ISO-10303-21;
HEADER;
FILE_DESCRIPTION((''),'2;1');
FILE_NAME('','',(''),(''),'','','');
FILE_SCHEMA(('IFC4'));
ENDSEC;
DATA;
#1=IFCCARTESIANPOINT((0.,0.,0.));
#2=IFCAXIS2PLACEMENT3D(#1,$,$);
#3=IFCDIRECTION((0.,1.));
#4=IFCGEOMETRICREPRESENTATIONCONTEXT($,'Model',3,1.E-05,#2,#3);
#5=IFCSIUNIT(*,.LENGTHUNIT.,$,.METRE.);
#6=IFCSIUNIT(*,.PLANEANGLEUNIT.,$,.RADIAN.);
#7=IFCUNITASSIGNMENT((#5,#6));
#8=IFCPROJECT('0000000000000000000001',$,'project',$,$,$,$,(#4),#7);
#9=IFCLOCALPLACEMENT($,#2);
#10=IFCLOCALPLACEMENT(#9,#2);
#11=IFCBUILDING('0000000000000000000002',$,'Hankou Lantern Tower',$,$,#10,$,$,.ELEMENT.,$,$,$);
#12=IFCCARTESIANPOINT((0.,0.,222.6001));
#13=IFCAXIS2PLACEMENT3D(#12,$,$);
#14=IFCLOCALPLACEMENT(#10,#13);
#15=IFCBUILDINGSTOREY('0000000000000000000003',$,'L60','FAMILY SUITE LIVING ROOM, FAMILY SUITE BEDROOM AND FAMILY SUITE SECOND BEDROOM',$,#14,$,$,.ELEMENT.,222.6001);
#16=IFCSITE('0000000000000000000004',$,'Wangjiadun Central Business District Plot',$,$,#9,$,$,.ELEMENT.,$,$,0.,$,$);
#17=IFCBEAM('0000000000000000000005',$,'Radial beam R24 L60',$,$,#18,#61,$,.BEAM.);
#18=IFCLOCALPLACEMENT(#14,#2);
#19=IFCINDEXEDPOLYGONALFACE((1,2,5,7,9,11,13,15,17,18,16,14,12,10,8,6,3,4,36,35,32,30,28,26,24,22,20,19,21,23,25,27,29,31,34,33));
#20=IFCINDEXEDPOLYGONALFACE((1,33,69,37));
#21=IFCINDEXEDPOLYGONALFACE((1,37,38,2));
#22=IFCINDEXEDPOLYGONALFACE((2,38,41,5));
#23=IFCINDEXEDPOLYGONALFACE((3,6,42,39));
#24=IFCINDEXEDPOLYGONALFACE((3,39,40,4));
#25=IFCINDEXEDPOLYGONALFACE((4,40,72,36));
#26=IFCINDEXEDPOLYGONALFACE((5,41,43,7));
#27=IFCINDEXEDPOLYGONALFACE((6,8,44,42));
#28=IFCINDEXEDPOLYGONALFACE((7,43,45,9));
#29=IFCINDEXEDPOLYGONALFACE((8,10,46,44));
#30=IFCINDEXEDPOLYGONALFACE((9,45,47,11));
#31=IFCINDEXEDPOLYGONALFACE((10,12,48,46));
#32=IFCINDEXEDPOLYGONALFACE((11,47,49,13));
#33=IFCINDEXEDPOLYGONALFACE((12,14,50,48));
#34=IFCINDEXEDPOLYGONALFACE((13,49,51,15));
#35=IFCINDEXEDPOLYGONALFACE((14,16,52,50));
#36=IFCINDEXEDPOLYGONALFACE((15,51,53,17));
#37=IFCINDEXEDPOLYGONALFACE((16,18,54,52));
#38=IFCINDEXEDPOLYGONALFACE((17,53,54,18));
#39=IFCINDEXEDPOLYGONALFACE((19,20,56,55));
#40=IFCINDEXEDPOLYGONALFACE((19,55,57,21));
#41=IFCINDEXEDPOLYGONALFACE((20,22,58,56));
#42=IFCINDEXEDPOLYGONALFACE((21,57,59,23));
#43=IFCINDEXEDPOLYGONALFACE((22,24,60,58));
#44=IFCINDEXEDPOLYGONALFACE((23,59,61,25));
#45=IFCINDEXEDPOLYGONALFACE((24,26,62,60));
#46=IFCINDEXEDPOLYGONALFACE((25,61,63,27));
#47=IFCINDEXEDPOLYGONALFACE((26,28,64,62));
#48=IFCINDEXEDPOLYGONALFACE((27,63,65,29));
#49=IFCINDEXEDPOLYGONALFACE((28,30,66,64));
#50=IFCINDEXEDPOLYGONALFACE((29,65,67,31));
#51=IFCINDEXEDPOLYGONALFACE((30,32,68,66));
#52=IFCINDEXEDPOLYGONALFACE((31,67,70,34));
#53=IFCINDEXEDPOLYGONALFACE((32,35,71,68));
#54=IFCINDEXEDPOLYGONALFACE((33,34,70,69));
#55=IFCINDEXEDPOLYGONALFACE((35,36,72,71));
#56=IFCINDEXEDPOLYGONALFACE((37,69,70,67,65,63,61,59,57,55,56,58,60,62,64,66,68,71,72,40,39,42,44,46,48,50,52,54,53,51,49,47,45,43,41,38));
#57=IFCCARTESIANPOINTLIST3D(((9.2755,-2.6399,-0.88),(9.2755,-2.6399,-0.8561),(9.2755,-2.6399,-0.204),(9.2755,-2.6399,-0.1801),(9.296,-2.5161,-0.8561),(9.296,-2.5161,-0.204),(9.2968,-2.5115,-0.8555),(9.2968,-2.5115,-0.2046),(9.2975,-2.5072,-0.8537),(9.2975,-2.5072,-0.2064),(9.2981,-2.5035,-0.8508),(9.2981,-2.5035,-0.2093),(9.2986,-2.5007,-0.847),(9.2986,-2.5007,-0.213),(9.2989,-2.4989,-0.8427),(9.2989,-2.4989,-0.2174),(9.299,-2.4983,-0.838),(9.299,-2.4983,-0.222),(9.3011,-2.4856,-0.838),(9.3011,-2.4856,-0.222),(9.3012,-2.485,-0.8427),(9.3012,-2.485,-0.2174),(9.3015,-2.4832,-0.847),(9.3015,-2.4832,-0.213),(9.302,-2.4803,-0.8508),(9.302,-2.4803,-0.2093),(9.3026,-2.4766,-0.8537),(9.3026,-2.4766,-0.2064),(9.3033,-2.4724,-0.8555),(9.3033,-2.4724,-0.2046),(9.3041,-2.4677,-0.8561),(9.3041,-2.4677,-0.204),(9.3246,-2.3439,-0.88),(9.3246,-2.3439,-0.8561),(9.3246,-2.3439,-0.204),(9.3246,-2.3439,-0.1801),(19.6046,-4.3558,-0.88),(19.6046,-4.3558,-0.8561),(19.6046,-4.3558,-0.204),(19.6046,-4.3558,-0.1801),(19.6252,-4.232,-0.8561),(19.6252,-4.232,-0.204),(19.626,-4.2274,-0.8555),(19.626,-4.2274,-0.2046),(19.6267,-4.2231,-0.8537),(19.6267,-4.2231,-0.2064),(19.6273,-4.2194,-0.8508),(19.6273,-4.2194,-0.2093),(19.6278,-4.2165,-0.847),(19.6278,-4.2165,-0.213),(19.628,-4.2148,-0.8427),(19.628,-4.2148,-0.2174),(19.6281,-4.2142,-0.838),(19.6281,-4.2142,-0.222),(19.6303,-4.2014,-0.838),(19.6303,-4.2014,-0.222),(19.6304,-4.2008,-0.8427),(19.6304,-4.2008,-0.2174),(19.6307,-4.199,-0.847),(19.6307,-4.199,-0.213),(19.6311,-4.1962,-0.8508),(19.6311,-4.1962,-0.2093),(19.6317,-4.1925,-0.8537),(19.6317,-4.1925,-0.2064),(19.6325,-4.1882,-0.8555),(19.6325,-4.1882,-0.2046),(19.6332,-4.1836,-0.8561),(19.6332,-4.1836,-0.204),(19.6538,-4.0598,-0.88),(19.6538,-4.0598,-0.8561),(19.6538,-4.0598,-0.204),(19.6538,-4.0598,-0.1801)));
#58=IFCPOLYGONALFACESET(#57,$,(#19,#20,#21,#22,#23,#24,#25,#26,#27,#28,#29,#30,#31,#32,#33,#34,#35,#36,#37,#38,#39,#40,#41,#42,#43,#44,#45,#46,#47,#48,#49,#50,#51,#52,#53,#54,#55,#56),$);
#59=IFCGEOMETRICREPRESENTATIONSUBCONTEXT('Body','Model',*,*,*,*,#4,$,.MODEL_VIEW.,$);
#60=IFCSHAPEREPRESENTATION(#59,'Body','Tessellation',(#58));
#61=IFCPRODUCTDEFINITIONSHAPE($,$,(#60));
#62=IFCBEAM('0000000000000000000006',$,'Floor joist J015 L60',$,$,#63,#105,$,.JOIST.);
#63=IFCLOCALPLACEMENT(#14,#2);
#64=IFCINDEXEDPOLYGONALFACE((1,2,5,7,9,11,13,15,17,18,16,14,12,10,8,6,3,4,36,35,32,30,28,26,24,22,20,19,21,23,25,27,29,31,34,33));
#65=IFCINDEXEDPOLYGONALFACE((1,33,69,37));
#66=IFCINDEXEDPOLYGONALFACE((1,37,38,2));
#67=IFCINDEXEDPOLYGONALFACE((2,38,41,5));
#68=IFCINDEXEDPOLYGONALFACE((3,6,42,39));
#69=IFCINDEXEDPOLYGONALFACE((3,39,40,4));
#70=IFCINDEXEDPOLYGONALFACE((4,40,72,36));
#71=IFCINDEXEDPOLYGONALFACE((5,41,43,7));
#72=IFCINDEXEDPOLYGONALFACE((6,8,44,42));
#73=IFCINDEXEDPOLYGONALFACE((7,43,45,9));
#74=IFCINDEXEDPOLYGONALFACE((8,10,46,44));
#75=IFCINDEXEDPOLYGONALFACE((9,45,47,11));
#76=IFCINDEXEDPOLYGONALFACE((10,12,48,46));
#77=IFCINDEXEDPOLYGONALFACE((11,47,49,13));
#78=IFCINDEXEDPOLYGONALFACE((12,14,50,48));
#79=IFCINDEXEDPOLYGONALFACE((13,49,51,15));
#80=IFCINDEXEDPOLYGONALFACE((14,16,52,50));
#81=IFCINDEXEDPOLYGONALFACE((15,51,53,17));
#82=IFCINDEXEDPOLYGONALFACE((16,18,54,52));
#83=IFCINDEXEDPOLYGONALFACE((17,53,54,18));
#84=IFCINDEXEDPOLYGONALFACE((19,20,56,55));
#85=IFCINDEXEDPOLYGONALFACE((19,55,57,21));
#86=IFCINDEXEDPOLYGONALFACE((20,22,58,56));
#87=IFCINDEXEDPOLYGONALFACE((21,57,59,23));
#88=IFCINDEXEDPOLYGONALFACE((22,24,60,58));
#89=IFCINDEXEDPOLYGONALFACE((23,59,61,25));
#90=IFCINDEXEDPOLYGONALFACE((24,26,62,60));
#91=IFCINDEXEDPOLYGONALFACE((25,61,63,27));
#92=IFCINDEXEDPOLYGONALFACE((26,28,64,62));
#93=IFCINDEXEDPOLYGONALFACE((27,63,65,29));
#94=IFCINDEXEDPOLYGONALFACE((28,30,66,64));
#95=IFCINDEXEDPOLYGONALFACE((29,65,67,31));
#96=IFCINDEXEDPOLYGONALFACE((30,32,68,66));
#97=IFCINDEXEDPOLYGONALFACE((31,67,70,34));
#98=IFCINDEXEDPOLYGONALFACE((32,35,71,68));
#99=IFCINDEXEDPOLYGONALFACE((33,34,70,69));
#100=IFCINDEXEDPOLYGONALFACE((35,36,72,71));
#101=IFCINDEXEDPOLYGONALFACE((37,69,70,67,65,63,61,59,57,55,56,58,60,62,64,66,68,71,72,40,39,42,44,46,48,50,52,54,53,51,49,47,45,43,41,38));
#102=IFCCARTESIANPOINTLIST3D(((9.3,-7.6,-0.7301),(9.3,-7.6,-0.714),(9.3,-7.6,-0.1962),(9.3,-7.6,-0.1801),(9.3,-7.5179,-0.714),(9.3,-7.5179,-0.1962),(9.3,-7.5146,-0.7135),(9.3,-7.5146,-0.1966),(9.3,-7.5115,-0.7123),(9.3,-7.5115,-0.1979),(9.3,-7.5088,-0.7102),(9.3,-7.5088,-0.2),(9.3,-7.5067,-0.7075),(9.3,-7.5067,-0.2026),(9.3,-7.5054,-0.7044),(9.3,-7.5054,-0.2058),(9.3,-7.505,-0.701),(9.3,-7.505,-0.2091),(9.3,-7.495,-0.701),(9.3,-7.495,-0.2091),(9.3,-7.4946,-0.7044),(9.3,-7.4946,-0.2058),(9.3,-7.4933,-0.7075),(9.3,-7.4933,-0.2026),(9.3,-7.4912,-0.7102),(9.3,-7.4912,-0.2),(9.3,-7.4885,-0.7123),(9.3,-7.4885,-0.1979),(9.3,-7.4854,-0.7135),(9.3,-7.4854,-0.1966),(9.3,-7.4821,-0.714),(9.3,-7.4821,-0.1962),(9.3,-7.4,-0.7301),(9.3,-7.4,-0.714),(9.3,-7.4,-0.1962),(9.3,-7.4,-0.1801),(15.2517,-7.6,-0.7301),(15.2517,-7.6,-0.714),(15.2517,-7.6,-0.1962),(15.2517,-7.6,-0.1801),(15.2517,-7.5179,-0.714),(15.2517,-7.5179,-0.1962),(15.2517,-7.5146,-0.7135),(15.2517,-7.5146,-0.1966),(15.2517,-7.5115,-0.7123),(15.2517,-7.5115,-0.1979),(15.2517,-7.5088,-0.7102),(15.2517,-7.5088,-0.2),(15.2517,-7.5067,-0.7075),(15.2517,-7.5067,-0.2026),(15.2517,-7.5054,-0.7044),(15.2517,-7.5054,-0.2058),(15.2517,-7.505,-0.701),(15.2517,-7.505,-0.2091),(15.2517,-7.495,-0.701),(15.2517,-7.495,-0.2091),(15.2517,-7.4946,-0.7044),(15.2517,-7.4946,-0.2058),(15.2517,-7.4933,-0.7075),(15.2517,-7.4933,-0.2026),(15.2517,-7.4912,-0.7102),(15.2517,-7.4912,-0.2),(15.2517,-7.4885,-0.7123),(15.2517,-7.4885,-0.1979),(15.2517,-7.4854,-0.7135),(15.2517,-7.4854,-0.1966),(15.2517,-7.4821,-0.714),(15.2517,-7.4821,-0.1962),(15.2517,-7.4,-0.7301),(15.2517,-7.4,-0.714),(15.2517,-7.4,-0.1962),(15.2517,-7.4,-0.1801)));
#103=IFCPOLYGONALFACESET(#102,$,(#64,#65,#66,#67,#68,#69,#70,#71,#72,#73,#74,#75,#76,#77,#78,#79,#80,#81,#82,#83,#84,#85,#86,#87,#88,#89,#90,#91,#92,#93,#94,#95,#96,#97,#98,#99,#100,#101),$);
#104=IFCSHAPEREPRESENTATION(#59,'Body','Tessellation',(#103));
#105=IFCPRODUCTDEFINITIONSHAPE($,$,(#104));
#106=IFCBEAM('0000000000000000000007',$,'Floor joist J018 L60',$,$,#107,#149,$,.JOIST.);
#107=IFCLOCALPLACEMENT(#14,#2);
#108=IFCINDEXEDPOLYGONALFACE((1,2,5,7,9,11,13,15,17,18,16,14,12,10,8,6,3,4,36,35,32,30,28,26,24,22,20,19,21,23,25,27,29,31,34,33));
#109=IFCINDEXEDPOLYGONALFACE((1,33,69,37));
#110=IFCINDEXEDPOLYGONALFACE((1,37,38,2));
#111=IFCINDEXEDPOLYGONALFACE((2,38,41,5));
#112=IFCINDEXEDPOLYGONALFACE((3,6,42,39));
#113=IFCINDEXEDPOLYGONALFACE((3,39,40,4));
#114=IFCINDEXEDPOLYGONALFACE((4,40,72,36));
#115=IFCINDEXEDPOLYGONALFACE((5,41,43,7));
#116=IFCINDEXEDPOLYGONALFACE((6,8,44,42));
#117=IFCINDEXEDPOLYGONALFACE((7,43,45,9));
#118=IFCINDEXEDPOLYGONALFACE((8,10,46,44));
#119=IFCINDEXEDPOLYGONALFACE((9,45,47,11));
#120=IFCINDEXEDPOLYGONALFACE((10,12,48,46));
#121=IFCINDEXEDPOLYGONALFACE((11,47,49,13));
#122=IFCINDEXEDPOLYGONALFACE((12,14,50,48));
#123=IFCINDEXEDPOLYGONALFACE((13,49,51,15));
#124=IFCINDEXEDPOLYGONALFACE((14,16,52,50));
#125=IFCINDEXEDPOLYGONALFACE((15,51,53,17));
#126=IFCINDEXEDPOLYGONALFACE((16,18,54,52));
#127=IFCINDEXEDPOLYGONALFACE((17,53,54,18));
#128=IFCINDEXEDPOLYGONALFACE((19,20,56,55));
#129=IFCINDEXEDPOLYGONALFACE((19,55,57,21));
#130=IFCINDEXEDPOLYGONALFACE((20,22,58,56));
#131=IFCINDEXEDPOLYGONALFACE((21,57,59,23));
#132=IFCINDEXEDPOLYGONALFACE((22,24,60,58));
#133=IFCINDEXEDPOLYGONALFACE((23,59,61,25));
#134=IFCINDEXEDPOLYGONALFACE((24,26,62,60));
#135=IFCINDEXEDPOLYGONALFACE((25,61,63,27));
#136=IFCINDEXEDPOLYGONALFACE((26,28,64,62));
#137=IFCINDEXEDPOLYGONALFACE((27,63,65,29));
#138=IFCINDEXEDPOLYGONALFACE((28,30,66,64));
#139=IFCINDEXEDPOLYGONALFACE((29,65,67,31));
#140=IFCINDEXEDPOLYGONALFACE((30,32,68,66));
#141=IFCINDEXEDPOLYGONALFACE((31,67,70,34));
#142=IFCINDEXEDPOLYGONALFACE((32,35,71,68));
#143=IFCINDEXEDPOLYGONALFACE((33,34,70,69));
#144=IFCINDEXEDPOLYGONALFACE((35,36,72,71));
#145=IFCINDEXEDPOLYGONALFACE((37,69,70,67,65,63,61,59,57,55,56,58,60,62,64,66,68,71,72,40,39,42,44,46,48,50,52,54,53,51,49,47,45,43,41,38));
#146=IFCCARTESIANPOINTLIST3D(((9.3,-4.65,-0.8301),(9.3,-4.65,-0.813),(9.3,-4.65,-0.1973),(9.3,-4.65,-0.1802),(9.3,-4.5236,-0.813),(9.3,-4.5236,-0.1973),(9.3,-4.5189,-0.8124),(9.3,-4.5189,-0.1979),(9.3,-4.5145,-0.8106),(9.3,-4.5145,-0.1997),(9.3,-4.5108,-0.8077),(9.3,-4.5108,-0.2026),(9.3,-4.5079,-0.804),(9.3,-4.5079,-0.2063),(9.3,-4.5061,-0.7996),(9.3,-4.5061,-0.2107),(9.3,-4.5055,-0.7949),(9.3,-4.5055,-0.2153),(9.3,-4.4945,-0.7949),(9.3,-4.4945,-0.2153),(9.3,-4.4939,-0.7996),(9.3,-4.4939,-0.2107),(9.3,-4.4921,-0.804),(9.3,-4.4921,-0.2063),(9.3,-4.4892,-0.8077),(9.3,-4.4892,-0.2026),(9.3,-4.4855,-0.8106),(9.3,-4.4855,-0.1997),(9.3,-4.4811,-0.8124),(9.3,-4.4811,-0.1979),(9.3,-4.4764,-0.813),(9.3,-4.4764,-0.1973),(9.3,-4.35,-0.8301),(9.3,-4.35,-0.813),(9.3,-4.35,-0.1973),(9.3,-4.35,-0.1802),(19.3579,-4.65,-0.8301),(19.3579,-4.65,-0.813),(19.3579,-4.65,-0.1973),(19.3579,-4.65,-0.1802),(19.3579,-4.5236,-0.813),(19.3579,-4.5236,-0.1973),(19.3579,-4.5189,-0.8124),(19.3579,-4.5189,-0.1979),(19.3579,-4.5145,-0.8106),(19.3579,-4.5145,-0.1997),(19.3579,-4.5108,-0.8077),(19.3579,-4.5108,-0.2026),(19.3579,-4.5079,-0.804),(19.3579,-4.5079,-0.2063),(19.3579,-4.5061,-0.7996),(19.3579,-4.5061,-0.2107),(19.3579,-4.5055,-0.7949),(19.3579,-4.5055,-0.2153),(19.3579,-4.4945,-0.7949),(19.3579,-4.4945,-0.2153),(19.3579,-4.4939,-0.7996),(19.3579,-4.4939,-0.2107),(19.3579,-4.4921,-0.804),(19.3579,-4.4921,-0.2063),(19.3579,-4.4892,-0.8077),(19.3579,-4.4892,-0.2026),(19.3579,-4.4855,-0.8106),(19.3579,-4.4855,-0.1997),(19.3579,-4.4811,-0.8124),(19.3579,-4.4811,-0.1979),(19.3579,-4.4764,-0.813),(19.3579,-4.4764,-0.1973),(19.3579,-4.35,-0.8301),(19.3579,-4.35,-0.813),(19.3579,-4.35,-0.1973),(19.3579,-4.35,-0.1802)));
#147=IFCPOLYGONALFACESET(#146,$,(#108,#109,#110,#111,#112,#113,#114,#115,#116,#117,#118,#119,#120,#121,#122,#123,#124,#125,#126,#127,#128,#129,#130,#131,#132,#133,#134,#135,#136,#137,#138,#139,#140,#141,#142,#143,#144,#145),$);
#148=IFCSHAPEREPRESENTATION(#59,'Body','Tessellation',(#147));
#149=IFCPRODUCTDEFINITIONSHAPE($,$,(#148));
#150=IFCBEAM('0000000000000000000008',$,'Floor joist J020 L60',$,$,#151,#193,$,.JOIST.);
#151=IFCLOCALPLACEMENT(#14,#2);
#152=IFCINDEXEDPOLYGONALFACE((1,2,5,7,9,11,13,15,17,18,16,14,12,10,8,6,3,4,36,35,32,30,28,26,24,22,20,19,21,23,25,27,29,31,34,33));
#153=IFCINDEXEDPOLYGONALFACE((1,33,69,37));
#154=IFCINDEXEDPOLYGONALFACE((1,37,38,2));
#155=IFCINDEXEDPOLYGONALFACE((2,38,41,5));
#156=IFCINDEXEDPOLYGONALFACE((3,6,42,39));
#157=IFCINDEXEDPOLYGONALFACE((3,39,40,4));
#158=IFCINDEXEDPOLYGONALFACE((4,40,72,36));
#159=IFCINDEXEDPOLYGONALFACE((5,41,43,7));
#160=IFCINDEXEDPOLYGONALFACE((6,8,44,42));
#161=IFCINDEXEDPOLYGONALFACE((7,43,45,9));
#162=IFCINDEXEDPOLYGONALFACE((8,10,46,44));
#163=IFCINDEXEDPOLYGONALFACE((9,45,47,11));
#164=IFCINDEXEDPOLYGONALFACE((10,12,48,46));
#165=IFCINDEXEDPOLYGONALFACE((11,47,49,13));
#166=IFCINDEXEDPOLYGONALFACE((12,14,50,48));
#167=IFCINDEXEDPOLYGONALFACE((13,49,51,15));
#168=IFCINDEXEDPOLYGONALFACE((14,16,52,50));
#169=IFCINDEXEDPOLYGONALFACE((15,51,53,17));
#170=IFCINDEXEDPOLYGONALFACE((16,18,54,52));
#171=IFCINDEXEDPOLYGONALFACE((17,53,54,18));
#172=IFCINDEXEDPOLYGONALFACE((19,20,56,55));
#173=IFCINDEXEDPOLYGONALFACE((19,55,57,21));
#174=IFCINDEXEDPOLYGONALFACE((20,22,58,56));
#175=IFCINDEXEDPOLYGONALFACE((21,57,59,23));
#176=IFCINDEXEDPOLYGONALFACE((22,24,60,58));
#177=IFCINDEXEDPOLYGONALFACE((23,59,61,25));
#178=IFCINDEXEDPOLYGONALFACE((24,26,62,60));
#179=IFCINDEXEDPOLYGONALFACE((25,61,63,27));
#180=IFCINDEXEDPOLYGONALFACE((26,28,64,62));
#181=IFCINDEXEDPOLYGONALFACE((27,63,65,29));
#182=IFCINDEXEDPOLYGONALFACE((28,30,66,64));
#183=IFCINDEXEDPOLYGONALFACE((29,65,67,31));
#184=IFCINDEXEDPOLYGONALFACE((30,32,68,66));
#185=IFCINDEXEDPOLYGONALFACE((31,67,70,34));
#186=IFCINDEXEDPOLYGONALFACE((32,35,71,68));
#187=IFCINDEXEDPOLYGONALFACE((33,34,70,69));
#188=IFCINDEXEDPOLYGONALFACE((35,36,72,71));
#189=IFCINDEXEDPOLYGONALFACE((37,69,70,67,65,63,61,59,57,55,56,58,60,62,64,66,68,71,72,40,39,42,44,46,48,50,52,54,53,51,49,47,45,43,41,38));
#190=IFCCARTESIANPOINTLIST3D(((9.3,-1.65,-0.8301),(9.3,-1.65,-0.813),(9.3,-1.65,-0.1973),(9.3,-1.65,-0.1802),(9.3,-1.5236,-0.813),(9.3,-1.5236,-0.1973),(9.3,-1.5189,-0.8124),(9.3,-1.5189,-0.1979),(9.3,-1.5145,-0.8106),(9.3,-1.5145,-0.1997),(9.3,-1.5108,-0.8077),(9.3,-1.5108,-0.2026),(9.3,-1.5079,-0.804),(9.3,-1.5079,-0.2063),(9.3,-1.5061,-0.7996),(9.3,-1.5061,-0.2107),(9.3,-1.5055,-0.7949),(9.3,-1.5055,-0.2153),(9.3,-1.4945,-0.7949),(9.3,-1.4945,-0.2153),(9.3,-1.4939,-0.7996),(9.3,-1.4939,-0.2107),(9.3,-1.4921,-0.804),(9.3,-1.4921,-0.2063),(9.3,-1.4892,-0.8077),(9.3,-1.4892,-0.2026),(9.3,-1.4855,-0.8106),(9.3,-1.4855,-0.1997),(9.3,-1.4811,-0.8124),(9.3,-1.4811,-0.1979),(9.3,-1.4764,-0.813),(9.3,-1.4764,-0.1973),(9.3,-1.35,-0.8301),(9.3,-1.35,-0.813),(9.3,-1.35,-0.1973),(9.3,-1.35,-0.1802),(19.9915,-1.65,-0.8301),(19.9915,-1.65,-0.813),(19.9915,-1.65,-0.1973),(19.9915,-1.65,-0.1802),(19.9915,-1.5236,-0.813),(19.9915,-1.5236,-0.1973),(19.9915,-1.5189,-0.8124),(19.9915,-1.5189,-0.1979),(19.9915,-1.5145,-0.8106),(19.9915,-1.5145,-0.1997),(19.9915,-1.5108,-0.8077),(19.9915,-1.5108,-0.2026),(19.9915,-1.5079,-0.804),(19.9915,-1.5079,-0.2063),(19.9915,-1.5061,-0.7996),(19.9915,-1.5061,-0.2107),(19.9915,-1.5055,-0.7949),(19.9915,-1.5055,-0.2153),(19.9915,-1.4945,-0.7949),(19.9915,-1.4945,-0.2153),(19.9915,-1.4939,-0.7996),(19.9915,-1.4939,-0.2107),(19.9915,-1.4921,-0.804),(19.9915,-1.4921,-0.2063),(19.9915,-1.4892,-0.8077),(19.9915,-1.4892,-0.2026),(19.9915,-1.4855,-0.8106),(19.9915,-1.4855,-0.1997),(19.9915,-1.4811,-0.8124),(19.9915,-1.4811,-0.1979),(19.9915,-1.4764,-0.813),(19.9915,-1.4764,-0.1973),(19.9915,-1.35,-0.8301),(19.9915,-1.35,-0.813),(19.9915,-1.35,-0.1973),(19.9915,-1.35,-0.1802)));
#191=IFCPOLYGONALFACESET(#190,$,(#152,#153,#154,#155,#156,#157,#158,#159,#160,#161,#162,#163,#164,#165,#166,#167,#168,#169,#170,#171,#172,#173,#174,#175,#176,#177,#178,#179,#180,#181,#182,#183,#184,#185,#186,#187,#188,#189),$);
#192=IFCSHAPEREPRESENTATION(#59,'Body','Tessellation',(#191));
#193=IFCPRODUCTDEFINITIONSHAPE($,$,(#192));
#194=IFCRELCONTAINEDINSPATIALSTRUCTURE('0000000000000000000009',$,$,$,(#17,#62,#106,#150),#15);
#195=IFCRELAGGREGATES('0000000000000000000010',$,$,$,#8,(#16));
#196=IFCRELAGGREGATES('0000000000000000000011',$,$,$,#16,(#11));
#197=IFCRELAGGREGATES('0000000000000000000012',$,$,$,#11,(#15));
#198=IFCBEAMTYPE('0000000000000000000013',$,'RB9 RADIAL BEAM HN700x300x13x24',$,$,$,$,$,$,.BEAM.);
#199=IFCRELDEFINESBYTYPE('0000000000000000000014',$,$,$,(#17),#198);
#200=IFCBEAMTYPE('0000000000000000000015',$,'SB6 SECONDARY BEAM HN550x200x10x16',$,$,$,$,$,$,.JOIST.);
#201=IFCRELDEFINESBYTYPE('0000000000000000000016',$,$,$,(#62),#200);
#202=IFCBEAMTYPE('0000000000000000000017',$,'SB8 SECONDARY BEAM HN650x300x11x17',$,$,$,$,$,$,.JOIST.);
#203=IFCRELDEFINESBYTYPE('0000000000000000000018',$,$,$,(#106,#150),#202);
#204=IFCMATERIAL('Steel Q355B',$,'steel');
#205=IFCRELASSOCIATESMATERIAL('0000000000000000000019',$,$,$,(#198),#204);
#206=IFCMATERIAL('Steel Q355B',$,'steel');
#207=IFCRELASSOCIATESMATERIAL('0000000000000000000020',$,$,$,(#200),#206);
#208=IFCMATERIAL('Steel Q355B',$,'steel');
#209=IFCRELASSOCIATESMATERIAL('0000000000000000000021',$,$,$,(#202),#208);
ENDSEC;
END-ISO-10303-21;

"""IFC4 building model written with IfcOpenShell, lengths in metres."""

from ifc_helpers import new_model, si_unit, direction, frame, origin, origin_2d, place, context, subcontext, project, spatial, i_section, extrude, material, material_profile, profile_set, type_object, element, save


model = new_model("IFC4")

# Units and contexts
model_context = context("Model", 3, precision=1e-05, world=origin(), true_north=direction((0.0, 1.0)))
body_context = subcontext(model_context, "Body", "Model", "MODEL_VIEW")
ifc_project = project(units=[si_unit("LENGTHUNIT", "METRE"), si_unit("PLANEANGLEUNIT", "RADIAN")], contexts=[model_context])

# Site, building, storey
site_placement = place(None, origin())
site = spatial("IfcSite", under=ifc_project, at=site_placement, Name="Wangjiadun Central Business District Plot", CompositionType="ELEMENT", RefElevation=0.0)
building_placement = place(site_placement, origin())
building = spatial("IfcBuilding", under=site, at=building_placement, Name="Hankou Lantern Tower", CompositionType="ELEMENT")
storey_placement = place(building_placement, frame((0.0, 0.0, 222.6001)))
storey = spatial("IfcBuildingStorey", under=building, at=storey_placement, Name="L60", Description="FAMILY SUITE LIVING ROOM, FAMILY SUITE BEDROOM AND FAMILY SUITE SECOND BEDROOM", CompositionType="ELEMENT", Elevation=222.6001)

# Beams
ifc_material_1 = material(Name="Steel Q355B", Category="steel")
ifc_material_profile_1 = material_profile(ifc_material_1, i_section(OverallWidth=0.3, OverallDepth=0.7, WebThickness=0.0129, FlangeThickness=0.0239, FilletRadius=0.0181, at=origin_2d()), Name="HN700x300x13x24")
ifc_profile_set_1 = profile_set([ifc_material_profile_1], Name="Steel Q355B")
beam_type_1 = type_object("IfcBeamType", Name="RB9 RADIAL BEAM HN700x300x13x24", PredefinedType="BEAM", material=ifc_profile_set_1)
beam_1_placement = place(storey_placement, frame((9.3, -2.4919, -0.53), z_axis=(0.986482, -0.16387, 0.0), x_axis=(0.16387, 0.986482, 0.0)))
element("IfcBeam", 1, at=beam_1_placement, inside=storey, type_object=beam_type_1, Name="Radial beam R24 L60", PredefinedType="BEAM", context=body_context, shape_type="SweptSolid", body=[
    extrude(i_section(OverallWidth=0.3, OverallDepth=0.7, WebThickness=0.0129, FlangeThickness=0.0239, FilletRadius=0.0181, at=origin_2d()), origin(), (0.0, 0.0, 1.0), 10.4707),
])
ifc_material_2 = material(Name="Steel Q355B", Category="steel")
ifc_material_profile_2 = material_profile(ifc_material_2, i_section(OverallWidth=0.2, OverallDepth=0.55, WebThickness=0.01, FlangeThickness=0.0161, FilletRadius=0.0129, at=origin_2d()), Name="HN550x200x10x16")
ifc_profile_set_2 = profile_set([ifc_material_profile_2], Name="Steel Q355B")
beam_type_2 = type_object("IfcBeamType", Name="SB6 SECONDARY BEAM HN550x200x10x16", PredefinedType="JOIST", material=ifc_profile_set_2)
beam_2_placement = place(storey_placement, frame((9.3, -7.5, -0.4551), z_axis=(1.0, 0.0, 0.0), x_axis=(0.0, 1.0, 0.0)))
element("IfcBeam", 2, at=beam_2_placement, inside=storey, type_object=beam_type_2, Name="Floor joist J015 L60", PredefinedType="JOIST", context=body_context, shape_type="SweptSolid", body=[
    extrude(i_section(OverallWidth=0.2, OverallDepth=0.55, WebThickness=0.01, FlangeThickness=0.0161, FilletRadius=0.0129, at=origin_2d()), origin(), (0.0, 0.0, 1.0), 5.9517),
])
ifc_material_3 = material(Name="Steel Q355B", Category="steel")
ifc_material_profile_3 = material_profile(ifc_material_3, i_section(OverallWidth=0.3, OverallDepth=0.6499, WebThickness=0.011, FlangeThickness=0.0171, FilletRadius=0.0181, at=origin_2d()), Name="HN650x300x11x17")
ifc_profile_set_3 = profile_set([ifc_material_profile_3], Name="Steel Q355B")
beam_type_3 = type_object("IfcBeamType", Name="SB8 SECONDARY BEAM HN650x300x11x17", PredefinedType="JOIST", material=ifc_profile_set_3)
beam_3_placement = place(storey_placement, frame((9.3, -4.5, -0.5051), z_axis=(1.0, 0.0, 0.0), x_axis=(0.0, 1.0, 0.0)))
element("IfcBeam", 3, at=beam_3_placement, inside=storey, type_object=beam_type_3, Name="Floor joist J018 L60", PredefinedType="JOIST", context=body_context, shape_type="SweptSolid", body=[
    extrude(i_section(OverallWidth=0.3, OverallDepth=0.6499, WebThickness=0.011, FlangeThickness=0.0171, FilletRadius=0.0181, at=origin_2d()), origin(), (0.0, 0.0, 1.0), 10.0579),
])
beam_4_placement = place(storey_placement, frame((9.3, -1.5, -0.5051), z_axis=(1.0, 0.0, 0.0), x_axis=(0.0, 1.0, 0.0)))
element("IfcBeam", 4, at=beam_4_placement, inside=storey, type_object=beam_type_3, Name="Floor joist J020 L60", PredefinedType="JOIST", context=body_context, shape_type="SweptSolid", body=[
    extrude(i_section(OverallWidth=0.3, OverallDepth=0.6499, WebThickness=0.011, FlangeThickness=0.0171, FilletRadius=0.0181, at=origin_2d()), origin(), (0.0, 0.0, 1.0), 10.6914),
])

save(model, "model.ifc")
